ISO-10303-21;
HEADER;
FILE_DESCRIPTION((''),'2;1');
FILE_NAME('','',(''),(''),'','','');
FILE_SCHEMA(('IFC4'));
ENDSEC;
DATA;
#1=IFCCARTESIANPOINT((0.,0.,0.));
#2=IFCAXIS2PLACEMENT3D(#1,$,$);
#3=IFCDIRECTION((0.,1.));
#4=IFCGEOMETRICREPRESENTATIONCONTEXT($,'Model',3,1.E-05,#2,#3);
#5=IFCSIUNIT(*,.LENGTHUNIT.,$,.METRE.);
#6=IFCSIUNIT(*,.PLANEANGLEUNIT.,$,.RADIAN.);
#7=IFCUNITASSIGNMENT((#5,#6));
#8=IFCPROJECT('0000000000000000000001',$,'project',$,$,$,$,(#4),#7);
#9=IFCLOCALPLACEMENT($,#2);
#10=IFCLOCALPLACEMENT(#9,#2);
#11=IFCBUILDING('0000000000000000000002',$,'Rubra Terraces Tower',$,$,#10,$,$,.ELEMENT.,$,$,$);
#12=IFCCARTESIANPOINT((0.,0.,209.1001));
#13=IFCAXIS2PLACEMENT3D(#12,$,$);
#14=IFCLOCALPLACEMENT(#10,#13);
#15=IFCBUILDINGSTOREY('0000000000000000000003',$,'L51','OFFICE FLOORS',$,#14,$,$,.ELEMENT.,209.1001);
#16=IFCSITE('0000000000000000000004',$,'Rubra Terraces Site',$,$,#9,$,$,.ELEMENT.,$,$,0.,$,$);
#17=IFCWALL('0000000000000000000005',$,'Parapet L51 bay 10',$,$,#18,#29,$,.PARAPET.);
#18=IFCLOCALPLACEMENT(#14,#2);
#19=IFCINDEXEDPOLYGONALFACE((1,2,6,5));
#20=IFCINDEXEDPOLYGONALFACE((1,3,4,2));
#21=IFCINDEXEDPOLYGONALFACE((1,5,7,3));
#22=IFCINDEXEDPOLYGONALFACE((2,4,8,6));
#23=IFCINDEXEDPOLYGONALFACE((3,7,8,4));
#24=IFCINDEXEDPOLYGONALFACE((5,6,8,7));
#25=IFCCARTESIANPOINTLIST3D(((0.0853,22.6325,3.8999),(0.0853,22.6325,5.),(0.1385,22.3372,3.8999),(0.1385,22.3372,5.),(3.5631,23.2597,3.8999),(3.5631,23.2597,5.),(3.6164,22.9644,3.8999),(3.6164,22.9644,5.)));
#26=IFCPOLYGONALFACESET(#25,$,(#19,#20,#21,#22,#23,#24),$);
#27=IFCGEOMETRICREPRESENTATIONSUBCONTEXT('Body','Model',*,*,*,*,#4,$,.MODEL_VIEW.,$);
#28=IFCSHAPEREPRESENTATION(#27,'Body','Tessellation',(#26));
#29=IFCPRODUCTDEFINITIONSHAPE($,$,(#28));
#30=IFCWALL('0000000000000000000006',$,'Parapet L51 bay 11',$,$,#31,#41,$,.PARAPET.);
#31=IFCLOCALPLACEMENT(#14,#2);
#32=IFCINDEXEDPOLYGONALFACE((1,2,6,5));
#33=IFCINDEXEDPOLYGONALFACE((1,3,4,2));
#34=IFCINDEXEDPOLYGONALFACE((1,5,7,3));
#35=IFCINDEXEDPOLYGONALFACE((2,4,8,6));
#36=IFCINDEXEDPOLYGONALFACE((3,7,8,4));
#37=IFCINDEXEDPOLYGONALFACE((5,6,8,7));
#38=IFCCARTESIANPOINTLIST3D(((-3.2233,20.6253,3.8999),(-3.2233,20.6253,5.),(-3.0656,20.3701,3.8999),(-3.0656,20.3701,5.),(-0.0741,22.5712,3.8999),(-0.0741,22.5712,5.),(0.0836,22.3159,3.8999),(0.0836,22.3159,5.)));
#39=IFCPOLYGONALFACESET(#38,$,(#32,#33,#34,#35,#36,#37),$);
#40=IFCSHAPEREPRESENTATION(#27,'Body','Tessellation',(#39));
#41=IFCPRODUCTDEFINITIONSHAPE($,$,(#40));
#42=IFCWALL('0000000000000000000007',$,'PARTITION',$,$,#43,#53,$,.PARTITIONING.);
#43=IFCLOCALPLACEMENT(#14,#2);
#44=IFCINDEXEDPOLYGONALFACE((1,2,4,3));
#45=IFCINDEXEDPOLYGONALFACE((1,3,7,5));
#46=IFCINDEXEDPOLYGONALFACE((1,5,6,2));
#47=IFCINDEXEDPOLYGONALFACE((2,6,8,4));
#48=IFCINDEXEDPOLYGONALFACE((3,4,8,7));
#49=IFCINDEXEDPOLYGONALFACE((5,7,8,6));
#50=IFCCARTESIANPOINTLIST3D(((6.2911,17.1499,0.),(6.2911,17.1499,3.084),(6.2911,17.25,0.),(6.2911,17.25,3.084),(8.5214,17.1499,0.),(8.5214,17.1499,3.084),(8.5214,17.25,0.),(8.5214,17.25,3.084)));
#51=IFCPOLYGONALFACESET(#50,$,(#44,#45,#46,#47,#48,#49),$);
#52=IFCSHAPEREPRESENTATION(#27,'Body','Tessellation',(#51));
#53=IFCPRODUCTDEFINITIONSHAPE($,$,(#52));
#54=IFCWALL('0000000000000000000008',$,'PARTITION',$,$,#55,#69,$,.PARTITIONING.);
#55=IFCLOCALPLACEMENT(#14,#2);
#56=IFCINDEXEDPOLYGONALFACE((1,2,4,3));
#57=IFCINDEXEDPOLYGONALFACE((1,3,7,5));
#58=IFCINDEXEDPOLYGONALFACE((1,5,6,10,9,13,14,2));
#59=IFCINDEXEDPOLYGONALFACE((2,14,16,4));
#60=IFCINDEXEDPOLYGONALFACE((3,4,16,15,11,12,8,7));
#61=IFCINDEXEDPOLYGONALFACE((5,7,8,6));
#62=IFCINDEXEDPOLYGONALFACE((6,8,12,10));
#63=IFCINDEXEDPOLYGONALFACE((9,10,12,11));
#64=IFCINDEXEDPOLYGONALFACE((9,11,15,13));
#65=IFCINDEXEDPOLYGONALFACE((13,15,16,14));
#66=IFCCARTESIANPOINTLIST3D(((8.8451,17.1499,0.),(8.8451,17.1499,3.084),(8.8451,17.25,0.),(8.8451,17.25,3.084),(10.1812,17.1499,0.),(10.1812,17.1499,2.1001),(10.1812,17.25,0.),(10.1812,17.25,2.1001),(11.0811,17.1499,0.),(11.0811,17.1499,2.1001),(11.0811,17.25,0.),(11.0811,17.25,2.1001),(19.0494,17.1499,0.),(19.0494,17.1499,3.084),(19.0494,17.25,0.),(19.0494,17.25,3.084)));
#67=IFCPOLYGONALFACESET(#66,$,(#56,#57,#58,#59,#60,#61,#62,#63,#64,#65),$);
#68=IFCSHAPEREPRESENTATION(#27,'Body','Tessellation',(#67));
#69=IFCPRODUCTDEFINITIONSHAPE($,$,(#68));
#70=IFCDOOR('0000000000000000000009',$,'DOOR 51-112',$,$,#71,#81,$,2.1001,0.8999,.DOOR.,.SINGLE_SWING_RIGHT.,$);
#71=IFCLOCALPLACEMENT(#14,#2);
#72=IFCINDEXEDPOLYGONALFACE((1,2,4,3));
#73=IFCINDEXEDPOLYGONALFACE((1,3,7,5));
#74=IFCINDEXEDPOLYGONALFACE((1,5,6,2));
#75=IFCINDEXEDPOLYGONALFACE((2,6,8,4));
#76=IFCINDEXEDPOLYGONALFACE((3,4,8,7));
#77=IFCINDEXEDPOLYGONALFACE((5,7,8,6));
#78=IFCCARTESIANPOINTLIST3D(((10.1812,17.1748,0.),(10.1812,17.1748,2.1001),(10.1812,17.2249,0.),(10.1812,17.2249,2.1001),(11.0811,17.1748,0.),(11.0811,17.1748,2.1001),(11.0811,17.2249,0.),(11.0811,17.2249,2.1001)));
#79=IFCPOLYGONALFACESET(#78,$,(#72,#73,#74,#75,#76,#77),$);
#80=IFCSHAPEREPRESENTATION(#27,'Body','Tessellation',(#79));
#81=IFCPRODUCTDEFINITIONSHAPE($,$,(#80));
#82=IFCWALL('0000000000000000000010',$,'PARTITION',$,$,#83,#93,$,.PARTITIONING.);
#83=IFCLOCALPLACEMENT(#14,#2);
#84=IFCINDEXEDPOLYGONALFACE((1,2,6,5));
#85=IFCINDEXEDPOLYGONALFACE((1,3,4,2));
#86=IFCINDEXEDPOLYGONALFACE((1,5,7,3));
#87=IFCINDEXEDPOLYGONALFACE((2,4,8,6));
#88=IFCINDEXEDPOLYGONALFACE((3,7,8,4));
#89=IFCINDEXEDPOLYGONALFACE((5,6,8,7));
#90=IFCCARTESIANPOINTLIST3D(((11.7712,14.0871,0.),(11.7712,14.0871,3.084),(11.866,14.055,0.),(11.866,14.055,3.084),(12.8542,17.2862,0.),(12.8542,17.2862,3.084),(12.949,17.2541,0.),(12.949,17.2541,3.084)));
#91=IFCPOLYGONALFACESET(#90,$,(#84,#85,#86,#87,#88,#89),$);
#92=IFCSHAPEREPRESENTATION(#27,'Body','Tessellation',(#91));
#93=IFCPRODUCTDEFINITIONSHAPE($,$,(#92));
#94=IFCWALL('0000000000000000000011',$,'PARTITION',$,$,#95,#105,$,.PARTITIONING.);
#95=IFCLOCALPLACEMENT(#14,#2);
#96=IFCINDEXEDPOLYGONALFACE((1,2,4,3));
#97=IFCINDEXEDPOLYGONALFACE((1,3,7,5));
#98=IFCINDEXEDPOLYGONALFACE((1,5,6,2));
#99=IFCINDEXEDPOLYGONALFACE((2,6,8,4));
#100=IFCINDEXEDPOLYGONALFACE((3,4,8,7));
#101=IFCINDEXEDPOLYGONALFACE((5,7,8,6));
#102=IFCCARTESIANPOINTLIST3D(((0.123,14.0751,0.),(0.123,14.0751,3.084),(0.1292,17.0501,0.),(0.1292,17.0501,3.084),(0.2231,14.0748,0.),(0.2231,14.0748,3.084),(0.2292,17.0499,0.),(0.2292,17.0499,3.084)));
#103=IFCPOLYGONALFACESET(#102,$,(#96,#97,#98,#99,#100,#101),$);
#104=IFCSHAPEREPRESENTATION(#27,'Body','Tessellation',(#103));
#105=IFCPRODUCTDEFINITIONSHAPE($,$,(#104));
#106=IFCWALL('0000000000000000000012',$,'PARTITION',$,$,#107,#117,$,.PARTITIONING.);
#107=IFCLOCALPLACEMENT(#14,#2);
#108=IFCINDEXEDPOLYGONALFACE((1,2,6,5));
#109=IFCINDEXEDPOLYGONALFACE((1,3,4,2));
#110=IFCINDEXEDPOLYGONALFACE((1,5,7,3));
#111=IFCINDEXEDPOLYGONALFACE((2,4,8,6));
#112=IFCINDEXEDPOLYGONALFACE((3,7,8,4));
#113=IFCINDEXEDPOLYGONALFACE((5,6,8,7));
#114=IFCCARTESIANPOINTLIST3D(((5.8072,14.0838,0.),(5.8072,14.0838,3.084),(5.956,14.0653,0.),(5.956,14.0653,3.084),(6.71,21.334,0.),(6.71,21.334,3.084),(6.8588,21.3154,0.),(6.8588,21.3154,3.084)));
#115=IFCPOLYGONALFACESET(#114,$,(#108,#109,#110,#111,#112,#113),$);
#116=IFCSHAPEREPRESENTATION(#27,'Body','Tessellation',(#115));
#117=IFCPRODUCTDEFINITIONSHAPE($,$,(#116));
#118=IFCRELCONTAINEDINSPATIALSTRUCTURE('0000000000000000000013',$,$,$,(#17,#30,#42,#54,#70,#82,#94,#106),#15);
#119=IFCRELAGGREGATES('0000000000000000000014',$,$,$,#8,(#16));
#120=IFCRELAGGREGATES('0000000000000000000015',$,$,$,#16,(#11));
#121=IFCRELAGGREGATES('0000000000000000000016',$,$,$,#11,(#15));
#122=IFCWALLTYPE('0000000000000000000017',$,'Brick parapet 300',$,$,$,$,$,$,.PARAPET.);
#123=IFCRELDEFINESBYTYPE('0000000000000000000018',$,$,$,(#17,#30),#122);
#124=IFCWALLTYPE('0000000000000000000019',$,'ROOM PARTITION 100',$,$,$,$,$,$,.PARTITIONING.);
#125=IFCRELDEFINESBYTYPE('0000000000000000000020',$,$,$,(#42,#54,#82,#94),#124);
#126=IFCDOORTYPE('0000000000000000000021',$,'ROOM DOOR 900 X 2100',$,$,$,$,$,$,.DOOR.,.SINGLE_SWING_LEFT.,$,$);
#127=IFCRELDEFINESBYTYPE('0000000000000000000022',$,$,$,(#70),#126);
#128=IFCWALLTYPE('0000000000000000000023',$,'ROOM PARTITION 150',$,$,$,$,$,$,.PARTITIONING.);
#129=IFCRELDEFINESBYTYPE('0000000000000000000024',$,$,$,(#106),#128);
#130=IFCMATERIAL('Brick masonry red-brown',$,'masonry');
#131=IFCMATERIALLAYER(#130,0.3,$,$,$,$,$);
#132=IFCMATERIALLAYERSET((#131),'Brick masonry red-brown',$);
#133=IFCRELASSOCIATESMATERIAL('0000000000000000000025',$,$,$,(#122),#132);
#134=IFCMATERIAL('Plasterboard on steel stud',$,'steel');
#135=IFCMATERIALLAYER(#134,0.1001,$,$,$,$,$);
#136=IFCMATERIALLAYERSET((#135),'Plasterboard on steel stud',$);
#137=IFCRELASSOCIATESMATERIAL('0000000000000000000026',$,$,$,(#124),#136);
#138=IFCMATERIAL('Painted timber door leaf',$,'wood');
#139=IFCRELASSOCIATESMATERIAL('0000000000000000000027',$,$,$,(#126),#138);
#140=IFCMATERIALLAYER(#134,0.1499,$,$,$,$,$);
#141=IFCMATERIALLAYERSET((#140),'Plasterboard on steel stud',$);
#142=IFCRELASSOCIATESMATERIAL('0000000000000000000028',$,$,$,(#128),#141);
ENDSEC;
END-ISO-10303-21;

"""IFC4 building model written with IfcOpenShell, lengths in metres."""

from ifc_helpers import new_model, si_unit, direction, frame, frame_2d, origin, place, context, subcontext, project, spatial, rectangle, extrude, material, layer, layer_set, type_object, element, fill, save


model = new_model("IFC4")

# Units and contexts
model_context = context("Model", 3, precision=1e-05, world=origin(), true_north=direction((0.0, 1.0)))
body_context = subcontext(model_context, "Body", "Model", "MODEL_VIEW")
ifc_project = project(units=[si_unit("LENGTHUNIT", "METRE"), si_unit("PLANEANGLEUNIT", "RADIAN")], contexts=[model_context])

# Site, building, storey
site_placement = place(None, origin())
site = spatial("IfcSite", under=ifc_project, at=site_placement, Name="Rubra Terraces Site", CompositionType="ELEMENT", RefElevation=0.0)
building_placement = place(site_placement, origin())
building = spatial("IfcBuilding", under=site, at=building_placement, Name="Rubra Terraces Tower", CompositionType="ELEMENT")
storey_placement = place(building_placement, frame((0.0, 0.0, 209.1001)))
storey = spatial("IfcBuildingStorey", under=building, at=storey_placement, Name="L51", Description="OFFICE FLOORS", CompositionType="ELEMENT", Elevation=209.1001)

# Shared definitions
ifc_material_1 = material(Name="Brick masonry red-brown", Category="masonry")

# Walls
ifc_layer_1 = layer(ifc_material_1, 0.3)
ifc_layer_set_1 = layer_set([ifc_layer_1], Name="Brick masonry red-brown")
wall_type_1 = type_object("IfcWallType", Name="Brick parapet 300", PredefinedType="PARAPET", material=ifc_layer_set_1)
wall_1_placement = place(storey_placement, frame((3.5898, 23.1121, 3.8999), z_axis=(0.0, 0.0, 1.0), x_axis=(-0.984124, -0.177481, 0.0)))
element("IfcWall", 1, at=wall_1_placement, inside=storey, type_object=wall_type_1, Name="Parapet L51 bay 10", PredefinedType="PARAPET", context=body_context, shape_type="SweptSolid", body=[
    extrude(rectangle(XDim=3.5339, YDim=0.3, at=frame_2d((1.7671, 0.0))), origin(), (0.0, 0.0, 1.0), 1.1001),
])
wall_2_placement = place(storey_placement, frame((0.0049, 22.4436, 3.8999), z_axis=(0.0, 0.0, 1.0), x_axis=(-0.85071, -0.525635, 0.0)))
element("IfcWall", 2, at=wall_2_placement, inside=storey, type_object=wall_type_1, Name="Parapet L51 bay 11", PredefinedType="PARAPET", context=body_context, shape_type="SweptSolid", body=[
    extrude(rectangle(XDim=3.7019, YDim=0.3, at=frame_2d((1.8511, 0.0))), origin(), (0.0, 0.0, 1.0), 1.1001),
])
ifc_material_2 = material(Name="Plasterboard on steel stud", Category="steel")
ifc_layer_2 = layer(ifc_material_2, 0.1001)
ifc_layer_set_2 = layer_set([ifc_layer_2], Name="Plasterboard on steel stud")
wall_type_2 = type_object("IfcWallType", Name="ROOM PARTITION 100", PredefinedType="PARTITIONING", material=ifc_layer_set_2)
wall_3_placement = place(storey_placement, frame((6.291, 17.2, 0.0), z_axis=(0.0, 0.0, 1.0), x_axis=(1.0, 0.0, 0.0)))
element("IfcWall", 3, at=wall_3_placement, inside=storey, type_object=wall_type_2, Name="PARTITION", PredefinedType="PARTITIONING", context=body_context, shape_type="SweptSolid", body=[
    extrude(rectangle(XDim=2.2302, YDim=0.1001, at=frame_2d((1.1152, 0.0))), origin(), (0.0, 0.0, 1.0), 3.084),
])

# Wall, opening, door
wall_4_placement = place(storey_placement, frame((8.8452, 17.2, 0.0), z_axis=(0.0, 0.0, 1.0), x_axis=(1.0, 0.0, 0.0)))
wall_4 = element("IfcWall", 4, at=wall_4_placement, inside=storey, type_object=wall_type_2, Name="PARTITION", PredefinedType="PARTITIONING", context=body_context, shape_type="SweptSolid", body=[
    extrude(rectangle(XDim=10.2043, YDim=0.1001, at=frame_2d((5.1021, 0.0))), origin(), (0.0, 0.0, 1.0), 3.084),
])
opening_1_placement = place(wall_4_placement, frame((1.3359, 0.0, 0.0)))
opening_1 = element("IfcOpeningElement", 5, at=opening_1_placement, cuts=wall_4, PredefinedType="OPENING", context=body_context, shape_type="SweptSolid", body=[
    extrude(rectangle(XDim=0.8999, YDim=2.1001, at=frame_2d((0.45, 1.05))), frame((0.0, 0.0601, 0.0), z_axis=(0.0, -1.0, 0.0), x_axis=(1.0, 0.0, 0.0)), (0.0, 0.0, 1.0), 0.1201),
])
ifc_material_3 = material(Name="Painted timber door leaf", Category="wood")
door_type = type_object("IfcDoorType", Name="ROOM DOOR 900 X 2100", OperationType="SINGLE_SWING_LEFT", PredefinedType="DOOR", material=ifc_material_3)
door_placement = place(opening_1_placement, origin())
door = element("IfcDoor", 6, at=door_placement, inside=storey, type_object=door_type, Name="DOOR 51-112", OperationType="SINGLE_SWING_RIGHT", OverallHeight=2.1001, OverallWidth=0.8999, PredefinedType="DOOR", context=body_context, shape_type="SweptSolid", body=[
    extrude(rectangle(XDim=0.8999, YDim=2.1001, at=frame_2d((0.45, 1.05))), frame((0.0, 0.0249, 0.0), z_axis=(0.0, -1.0, 0.0), x_axis=(1.0, 0.0, 0.0)), (0.0, 0.0, 1.0), 0.05),
])
fill(opening_1, door)

# Walls
wall_5_placement = place(storey_placement, frame((11.8186, 14.071, 0.0), z_axis=(0.0, 0.0, 1.0), x_axis=(0.320648, 0.947198, 0.0)))
element("IfcWall", 7, at=wall_5_placement, inside=storey, type_object=wall_type_2, Name="PARTITION", PredefinedType="PARTITIONING", context=body_context, shape_type="SweptSolid", body=[
    extrude(rectangle(XDim=3.3774, YDim=0.1001, at=frame_2d((1.6887, 0.0))), origin(), (0.0, 0.0, 1.0), 3.084),
])
wall_6_placement = place(storey_placement, frame((0.1731, 14.075, 0.0), z_axis=(0.0, 0.0, 1.0), x_axis=(0.002052, 0.999998, 0.0)))
element("IfcWall", 8, at=wall_6_placement, inside=storey, type_object=wall_type_2, Name="PARTITION", PredefinedType="PARTITIONING", context=body_context, shape_type="SweptSolid", body=[
    extrude(rectangle(XDim=2.9751, YDim=0.1001, at=frame_2d((1.4875, 0.0))), origin(), (0.0, 0.0, 1.0), 3.084),
])
ifc_layer_3 = layer(ifc_material_2, 0.1499)
ifc_layer_set_3 = layer_set([ifc_layer_3], Name="Plasterboard on steel stud")
wall_type_3 = type_object("IfcWallType", Name="ROOM PARTITION 150", PredefinedType="PARTITIONING", material=ifc_layer_set_3)
wall_7_placement = place(storey_placement, frame((6.7844, 21.3247, 0.0), z_axis=(0.0, 0.0, 1.0), x_axis=(-0.12357, -0.992336, 0.0)))
element("IfcWall", 9, at=wall_7_placement, inside=storey, type_object=wall_type_3, Name="PARTITION", PredefinedType="PARTITIONING", context=body_context, shape_type="SweptSolid", body=[
    extrude(rectangle(XDim=7.3062, YDim=0.1499, at=frame_2d((3.6531, 0.0))), origin(), (0.0, 0.0, 1.0), 3.084),
])

save(model, "model.ifc")
